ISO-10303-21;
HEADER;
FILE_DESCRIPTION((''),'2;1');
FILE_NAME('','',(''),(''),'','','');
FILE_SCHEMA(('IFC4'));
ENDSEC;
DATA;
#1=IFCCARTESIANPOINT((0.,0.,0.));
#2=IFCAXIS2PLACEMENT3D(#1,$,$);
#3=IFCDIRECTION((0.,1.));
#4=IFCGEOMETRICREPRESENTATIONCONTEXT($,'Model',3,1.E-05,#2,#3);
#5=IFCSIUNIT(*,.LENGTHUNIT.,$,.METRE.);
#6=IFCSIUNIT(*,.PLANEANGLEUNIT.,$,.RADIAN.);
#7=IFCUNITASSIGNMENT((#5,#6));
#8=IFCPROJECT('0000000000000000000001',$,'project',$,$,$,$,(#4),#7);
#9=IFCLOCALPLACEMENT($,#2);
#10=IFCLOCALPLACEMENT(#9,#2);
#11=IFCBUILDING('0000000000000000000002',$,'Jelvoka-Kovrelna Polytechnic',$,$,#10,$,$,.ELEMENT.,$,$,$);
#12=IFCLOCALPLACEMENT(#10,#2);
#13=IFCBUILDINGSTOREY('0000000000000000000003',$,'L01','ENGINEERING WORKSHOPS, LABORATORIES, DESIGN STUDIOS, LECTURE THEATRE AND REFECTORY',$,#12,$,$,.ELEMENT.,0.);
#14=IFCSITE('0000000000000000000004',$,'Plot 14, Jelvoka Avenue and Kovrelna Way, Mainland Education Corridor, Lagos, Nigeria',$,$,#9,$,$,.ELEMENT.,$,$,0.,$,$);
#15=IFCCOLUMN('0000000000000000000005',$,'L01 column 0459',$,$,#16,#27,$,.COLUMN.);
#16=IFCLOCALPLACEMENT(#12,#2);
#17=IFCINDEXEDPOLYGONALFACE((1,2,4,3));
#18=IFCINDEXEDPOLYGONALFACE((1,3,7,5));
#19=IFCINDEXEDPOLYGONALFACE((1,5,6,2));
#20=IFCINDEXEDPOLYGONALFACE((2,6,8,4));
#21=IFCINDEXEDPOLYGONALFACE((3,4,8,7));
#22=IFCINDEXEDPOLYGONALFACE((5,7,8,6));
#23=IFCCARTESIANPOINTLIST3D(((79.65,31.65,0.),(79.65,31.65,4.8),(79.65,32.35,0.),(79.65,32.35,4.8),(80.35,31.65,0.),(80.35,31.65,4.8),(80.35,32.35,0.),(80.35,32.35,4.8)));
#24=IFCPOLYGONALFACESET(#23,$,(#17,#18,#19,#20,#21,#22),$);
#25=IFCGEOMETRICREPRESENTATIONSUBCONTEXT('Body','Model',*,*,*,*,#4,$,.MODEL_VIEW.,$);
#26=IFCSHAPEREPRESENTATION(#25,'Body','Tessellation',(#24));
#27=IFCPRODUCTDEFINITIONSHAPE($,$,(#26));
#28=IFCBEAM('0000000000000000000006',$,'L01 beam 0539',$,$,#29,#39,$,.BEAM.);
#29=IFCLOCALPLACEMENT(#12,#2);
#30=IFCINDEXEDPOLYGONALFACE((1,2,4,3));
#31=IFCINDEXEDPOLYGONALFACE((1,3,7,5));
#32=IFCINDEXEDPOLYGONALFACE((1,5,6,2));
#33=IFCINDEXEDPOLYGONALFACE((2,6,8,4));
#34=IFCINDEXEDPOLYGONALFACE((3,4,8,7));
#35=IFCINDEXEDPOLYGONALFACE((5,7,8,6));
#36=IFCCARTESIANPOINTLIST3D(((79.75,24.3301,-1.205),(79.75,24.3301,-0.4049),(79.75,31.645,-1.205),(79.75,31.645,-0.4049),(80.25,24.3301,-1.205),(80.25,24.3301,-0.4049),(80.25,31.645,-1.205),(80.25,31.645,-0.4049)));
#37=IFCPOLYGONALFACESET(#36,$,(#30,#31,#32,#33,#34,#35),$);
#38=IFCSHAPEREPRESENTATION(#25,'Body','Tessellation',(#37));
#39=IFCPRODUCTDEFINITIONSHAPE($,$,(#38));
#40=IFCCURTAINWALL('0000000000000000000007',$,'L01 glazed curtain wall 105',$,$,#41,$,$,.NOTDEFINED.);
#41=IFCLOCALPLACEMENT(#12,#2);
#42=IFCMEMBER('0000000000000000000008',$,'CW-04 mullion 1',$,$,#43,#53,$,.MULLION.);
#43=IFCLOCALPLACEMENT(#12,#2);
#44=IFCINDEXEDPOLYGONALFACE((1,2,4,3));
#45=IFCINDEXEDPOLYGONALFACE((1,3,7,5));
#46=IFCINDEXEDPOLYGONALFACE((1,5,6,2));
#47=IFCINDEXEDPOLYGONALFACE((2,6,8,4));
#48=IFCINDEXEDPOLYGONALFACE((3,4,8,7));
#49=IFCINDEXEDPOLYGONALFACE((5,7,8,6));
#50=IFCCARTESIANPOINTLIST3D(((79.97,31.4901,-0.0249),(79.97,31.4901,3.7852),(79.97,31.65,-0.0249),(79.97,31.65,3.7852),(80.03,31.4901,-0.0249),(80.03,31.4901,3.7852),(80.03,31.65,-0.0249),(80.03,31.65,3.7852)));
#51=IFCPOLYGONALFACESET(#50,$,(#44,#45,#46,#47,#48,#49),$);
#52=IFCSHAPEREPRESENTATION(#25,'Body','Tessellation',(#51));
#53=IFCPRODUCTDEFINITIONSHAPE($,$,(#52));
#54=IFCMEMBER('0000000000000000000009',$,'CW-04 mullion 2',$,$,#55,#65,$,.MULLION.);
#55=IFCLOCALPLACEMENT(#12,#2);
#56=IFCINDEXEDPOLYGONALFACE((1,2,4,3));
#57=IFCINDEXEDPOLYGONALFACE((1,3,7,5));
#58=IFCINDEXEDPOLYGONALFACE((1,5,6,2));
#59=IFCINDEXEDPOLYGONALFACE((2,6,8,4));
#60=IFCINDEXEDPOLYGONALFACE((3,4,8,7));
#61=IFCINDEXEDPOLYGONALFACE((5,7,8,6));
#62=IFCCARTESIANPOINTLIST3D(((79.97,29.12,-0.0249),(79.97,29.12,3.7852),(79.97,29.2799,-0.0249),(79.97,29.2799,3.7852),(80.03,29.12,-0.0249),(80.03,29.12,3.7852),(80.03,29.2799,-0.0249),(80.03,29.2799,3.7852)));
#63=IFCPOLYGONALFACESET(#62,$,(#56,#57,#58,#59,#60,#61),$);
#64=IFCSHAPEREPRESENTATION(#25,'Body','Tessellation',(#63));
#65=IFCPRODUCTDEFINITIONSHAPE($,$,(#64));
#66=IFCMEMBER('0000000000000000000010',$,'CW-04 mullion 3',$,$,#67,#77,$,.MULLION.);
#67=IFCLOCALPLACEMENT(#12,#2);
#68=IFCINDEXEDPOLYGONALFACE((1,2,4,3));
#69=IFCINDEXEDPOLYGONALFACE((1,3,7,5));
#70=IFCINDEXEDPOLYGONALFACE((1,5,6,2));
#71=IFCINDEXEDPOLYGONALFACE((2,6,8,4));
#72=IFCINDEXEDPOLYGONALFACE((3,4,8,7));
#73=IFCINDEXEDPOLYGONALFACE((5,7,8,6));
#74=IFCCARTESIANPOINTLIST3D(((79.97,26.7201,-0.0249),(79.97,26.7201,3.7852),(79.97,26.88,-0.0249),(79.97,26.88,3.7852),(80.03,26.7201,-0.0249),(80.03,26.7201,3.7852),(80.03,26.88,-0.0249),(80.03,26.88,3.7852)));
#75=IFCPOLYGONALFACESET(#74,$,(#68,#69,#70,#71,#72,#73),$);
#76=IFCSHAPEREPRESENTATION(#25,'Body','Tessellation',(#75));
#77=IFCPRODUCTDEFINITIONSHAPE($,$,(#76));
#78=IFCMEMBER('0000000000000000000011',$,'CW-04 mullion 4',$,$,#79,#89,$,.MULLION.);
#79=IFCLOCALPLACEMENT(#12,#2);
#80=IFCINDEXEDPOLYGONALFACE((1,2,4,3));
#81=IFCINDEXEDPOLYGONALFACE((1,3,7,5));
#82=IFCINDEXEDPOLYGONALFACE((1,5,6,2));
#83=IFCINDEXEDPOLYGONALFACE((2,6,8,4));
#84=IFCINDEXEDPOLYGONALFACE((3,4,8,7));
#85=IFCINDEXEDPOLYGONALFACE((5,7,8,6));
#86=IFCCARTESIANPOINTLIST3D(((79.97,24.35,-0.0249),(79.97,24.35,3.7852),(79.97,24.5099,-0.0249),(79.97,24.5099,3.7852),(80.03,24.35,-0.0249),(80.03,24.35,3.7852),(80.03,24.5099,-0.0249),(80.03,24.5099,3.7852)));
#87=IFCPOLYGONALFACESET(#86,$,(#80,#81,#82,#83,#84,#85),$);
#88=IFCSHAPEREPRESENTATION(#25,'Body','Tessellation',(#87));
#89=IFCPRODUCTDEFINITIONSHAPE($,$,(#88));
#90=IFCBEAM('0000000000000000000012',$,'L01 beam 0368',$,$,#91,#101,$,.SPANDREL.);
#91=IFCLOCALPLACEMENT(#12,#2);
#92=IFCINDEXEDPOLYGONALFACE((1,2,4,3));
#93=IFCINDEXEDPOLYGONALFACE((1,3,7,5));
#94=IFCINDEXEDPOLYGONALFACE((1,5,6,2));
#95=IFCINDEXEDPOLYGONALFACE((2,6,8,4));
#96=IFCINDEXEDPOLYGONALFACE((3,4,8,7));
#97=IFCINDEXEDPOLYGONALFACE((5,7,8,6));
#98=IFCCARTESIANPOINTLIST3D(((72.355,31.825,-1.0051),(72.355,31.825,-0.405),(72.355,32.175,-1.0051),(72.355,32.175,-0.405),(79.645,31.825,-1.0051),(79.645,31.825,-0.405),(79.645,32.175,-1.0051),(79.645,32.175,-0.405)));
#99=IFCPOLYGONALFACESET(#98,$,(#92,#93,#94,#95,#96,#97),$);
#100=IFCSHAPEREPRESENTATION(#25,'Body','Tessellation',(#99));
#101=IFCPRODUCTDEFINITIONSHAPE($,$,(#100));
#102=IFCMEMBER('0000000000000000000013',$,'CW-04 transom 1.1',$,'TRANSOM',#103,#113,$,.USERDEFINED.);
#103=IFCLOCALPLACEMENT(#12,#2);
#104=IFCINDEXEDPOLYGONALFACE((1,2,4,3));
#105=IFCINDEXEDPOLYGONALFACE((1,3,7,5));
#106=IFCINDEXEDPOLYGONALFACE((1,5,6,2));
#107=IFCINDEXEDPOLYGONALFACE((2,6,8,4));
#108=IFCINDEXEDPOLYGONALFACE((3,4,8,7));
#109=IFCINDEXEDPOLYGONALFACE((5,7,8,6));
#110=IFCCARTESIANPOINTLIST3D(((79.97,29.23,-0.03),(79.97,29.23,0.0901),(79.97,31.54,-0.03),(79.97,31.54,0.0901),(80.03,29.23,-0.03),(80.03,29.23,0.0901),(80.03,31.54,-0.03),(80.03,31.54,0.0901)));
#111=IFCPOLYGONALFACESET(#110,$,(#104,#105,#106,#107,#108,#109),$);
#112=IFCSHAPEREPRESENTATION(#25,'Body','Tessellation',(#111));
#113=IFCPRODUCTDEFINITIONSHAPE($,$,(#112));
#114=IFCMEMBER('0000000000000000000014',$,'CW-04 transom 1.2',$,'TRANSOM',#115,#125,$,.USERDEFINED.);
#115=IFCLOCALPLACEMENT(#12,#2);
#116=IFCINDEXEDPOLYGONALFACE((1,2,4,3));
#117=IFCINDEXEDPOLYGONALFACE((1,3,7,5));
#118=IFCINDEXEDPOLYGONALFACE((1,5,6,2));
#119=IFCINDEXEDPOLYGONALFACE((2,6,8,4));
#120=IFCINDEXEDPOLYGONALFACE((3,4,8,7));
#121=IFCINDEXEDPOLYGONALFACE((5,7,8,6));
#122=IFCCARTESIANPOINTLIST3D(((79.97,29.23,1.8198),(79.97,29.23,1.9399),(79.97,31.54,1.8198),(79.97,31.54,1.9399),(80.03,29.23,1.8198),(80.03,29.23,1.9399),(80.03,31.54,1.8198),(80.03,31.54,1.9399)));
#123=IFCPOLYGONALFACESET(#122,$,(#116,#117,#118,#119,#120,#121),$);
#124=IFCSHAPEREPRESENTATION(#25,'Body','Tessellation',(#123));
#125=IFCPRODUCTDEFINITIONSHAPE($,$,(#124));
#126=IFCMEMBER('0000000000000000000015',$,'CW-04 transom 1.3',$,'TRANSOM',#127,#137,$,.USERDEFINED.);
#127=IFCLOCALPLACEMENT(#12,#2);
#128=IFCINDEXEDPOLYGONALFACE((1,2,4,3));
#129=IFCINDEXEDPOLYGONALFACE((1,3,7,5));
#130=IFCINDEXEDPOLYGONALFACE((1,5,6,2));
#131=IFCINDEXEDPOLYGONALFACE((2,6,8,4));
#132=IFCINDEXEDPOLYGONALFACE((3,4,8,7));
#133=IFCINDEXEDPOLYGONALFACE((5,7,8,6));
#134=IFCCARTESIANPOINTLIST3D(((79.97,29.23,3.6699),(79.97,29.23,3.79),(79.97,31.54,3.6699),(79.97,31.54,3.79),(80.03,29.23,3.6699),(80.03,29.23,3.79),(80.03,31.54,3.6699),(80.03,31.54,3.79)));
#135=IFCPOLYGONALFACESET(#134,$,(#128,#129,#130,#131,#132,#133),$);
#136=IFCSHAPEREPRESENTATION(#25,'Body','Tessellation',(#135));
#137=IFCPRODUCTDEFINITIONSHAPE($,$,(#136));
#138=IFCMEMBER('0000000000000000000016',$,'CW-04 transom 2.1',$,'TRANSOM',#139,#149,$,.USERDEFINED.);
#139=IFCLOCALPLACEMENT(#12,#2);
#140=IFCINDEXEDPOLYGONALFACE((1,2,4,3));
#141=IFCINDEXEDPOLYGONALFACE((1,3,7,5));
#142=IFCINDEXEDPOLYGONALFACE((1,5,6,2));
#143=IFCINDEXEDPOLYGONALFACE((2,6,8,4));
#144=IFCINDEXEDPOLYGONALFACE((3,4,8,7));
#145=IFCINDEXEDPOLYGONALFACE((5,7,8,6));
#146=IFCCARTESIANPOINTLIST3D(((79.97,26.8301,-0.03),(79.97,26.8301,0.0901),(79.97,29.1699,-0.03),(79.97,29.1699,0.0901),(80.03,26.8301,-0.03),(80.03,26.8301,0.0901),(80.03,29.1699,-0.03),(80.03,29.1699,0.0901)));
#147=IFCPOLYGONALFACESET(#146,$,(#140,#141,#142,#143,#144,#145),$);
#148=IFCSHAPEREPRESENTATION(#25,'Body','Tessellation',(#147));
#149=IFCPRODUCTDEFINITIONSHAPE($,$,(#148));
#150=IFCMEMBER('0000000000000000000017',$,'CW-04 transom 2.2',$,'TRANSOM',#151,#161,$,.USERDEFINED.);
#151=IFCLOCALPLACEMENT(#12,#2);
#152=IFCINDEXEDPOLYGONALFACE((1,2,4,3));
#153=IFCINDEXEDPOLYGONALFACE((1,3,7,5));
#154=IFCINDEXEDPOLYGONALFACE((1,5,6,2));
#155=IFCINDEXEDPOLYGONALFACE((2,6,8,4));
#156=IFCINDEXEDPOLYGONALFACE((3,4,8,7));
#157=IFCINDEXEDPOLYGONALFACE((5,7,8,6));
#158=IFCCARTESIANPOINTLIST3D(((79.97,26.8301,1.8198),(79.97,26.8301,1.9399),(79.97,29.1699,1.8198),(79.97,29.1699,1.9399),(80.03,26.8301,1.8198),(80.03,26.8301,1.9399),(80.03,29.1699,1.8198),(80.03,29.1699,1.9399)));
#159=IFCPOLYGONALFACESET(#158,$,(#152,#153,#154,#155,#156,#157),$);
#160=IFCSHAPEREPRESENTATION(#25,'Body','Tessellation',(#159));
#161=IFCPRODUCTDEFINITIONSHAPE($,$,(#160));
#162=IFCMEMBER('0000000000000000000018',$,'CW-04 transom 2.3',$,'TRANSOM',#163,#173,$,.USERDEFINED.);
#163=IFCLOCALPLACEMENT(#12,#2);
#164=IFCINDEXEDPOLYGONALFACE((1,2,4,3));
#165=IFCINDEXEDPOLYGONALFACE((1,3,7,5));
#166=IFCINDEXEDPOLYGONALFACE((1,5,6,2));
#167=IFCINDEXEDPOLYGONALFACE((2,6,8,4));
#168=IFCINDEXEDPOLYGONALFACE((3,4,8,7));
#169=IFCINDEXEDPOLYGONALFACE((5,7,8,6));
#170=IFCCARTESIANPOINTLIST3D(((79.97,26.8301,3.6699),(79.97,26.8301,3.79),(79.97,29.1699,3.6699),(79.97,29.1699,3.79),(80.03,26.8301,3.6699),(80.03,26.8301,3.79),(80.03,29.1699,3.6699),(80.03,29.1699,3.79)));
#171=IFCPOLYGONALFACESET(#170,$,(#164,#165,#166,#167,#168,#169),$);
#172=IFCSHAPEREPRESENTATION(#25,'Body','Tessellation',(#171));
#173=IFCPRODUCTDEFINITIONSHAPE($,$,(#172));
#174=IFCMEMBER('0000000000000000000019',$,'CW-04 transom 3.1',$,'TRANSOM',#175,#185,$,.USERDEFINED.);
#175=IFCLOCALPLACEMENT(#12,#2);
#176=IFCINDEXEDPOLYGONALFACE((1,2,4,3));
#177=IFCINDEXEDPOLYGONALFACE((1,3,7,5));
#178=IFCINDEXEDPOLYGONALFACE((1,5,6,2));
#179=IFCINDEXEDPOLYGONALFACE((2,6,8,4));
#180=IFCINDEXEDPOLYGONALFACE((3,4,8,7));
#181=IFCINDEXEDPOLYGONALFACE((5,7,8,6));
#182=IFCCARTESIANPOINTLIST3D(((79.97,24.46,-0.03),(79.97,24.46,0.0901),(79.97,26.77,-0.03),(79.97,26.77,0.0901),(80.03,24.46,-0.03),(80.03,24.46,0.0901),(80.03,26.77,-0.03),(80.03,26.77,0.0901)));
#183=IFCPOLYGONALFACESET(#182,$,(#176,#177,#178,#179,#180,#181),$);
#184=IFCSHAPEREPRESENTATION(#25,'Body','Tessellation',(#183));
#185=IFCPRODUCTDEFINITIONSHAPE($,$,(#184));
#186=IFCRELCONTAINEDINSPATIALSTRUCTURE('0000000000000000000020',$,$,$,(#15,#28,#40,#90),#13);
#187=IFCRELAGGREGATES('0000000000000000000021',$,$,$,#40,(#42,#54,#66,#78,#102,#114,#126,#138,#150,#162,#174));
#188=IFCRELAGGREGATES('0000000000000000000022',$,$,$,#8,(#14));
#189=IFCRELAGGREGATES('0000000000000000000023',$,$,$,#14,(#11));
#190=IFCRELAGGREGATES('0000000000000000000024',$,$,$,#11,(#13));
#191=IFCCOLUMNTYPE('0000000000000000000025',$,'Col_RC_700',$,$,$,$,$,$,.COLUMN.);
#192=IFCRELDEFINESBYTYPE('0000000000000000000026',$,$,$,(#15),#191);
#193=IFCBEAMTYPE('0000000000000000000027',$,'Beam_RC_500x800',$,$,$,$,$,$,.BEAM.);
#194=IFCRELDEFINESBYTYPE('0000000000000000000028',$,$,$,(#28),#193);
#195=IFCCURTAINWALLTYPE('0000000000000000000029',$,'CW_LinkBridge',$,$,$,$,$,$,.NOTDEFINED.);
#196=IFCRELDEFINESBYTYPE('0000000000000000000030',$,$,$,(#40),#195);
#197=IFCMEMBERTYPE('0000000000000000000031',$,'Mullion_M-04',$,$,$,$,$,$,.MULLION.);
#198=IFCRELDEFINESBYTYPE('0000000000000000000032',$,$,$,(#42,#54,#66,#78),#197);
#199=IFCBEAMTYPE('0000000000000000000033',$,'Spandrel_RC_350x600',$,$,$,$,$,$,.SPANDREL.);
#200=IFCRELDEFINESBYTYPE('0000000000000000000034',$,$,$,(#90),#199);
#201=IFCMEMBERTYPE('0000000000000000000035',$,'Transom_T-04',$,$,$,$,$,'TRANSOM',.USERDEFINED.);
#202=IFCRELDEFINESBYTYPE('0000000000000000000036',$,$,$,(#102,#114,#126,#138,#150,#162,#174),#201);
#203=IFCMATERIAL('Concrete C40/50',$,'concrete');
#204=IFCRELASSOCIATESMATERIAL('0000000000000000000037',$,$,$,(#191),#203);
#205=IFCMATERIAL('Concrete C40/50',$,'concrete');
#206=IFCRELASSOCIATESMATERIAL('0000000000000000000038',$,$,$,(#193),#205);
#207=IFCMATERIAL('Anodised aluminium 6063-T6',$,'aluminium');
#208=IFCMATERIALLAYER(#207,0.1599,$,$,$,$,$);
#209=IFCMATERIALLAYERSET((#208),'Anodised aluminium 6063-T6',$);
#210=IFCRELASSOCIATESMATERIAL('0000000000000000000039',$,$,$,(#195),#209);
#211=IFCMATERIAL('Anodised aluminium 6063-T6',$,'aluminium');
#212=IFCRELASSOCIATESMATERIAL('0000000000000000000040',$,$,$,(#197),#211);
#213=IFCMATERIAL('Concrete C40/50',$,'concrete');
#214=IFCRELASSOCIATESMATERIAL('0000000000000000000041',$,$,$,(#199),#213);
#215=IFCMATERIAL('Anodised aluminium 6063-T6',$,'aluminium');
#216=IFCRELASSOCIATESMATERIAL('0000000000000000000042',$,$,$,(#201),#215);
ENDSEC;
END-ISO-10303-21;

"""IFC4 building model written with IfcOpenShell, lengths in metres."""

from ifc_helpers import new_model, si_unit, direction, frame, origin, origin_2d, place, context, subcontext, project, spatial, rectangle, extrude, material, layer, layer_set, material_profile, profile_set, type_object, element, aggregate, save


model = new_model("IFC4")

# Units and contexts
model_context = context("Model", 3, precision=1e-05, world=origin(), true_north=direction((0.0, 1.0)))
body_context = subcontext(model_context, "Body", "Model", "MODEL_VIEW")
ifc_project = project(units=[si_unit("LENGTHUNIT", "METRE"), si_unit("PLANEANGLEUNIT", "RADIAN")], contexts=[model_context])

# Site, building, storey
site_placement = place(None, origin())
site = spatial("IfcSite", under=ifc_project, at=site_placement, Name="Plot 14, Jelvoka Avenue and Kovrelna Way, Mainland Education Corridor, Lagos, Nigeria", CompositionType="ELEMENT", RefElevation=0.0)
building_placement = place(site_placement, origin())
building = spatial("IfcBuilding", under=site, at=building_placement, Name="Jelvoka-Kovrelna Polytechnic", CompositionType="ELEMENT")
storey_placement = place(building_placement, origin())
storey = spatial("IfcBuildingStorey", under=building, at=storey_placement, Name="L01", Description="ENGINEERING WORKSHOPS, LABORATORIES, DESIGN STUDIOS, LECTURE THEATRE AND REFECTORY", CompositionType="ELEMENT", Elevation=0.0)

# Column
ifc_material_1 = material(Name="Concrete C40/50", Category="concrete")
ifc_material_profile_1 = material_profile(ifc_material_1, rectangle(XDim=0.7, YDim=0.7, at=origin_2d()), Name="RC 700x700")
ifc_profile_set_1 = profile_set([ifc_material_profile_1], Name="Concrete C40/50")
column_type = type_object("IfcColumnType", Name="Col_RC_700", PredefinedType="COLUMN", material=ifc_profile_set_1)
column_placement = place(storey_placement, frame((80.0, 32.0, 0.0), z_axis=(0.0, 0.0, 1.0), x_axis=(1.0, 0.0, 0.0)))
element("IfcColumn", 1, at=column_placement, inside=storey, type_object=column_type, Name="L01 column 0459", PredefinedType="COLUMN", context=body_context, shape_type="SweptSolid", body=[
    extrude(rectangle(XDim=0.7, YDim=0.7, at=origin_2d()), origin(), (0.0, 0.0, 1.0), 4.8),
])

# Beam
ifc_material_2 = material(Name="Concrete C40/50", Category="concrete")
ifc_material_profile_2 = material_profile(ifc_material_2, rectangle(XDim=0.5, YDim=0.8, at=origin_2d()), Name="RC 500x800")
ifc_profile_set_2 = profile_set([ifc_material_profile_2], Name="Concrete C40/50")
beam_type_1 = type_object("IfcBeamType", Name="Beam_RC_500x800", PredefinedType="BEAM", material=ifc_profile_set_2)
beam_1_placement = place(storey_placement, frame((80.0, 24.3301, -0.8049), z_axis=(0.0, 1.0, 0.0), x_axis=(-1.0, 0.0, 0.0)))
element("IfcBeam", 2, at=beam_1_placement, inside=storey, type_object=beam_type_1, Name="L01 beam 0539", PredefinedType="BEAM", context=body_context, shape_type="SweptSolid", body=[
    extrude(rectangle(XDim=0.5, YDim=0.8, at=origin_2d()), origin(), (0.0, 0.0, 1.0), 7.3149),
])

# Curtain wall, members
ifc_material_3 = material(Name="Anodised aluminium 6063-T6", Category="aluminium")
ifc_layer_1 = layer(ifc_material_3, 0.1599)
ifc_layer_set_1 = layer_set([ifc_layer_1], Name="Anodised aluminium 6063-T6")
curtain_wall_type = type_object("IfcCurtainWallType", Name="CW_LinkBridge", PredefinedType="NOTDEFINED", material=ifc_layer_set_1)
curtain_wall_placement = place(storey_placement, origin())
curtain_wall = element("IfcCurtainWall", 3, at=curtain_wall_placement, inside=storey, type_object=curtain_wall_type, Name="L01 glazed curtain wall 105", PredefinedType="NOTDEFINED")
ifc_material_4 = material(Name="Anodised aluminium 6063-T6", Category="aluminium")
ifc_material_profile_3 = material_profile(ifc_material_4, rectangle(XDim=0.0601, YDim=0.1599, at=origin_2d()), Name="ALU 60x160")
ifc_profile_set_3 = profile_set([ifc_material_profile_3], Name="Anodised aluminium 6063-T6")
member_type_1 = type_object("IfcMemberType", Name="Mullion_M-04", PredefinedType="MULLION", material=ifc_profile_set_3)
member_1_placement = place(storey_placement, frame((80.0, 31.5701, -0.0249), z_axis=(0.0, 0.0, 1.0), x_axis=(1.0, 0.0, 0.0)))
member_1 = element("IfcMember", 4, at=member_1_placement, type_object=member_type_1, Name="CW-04 mullion 1", PredefinedType="MULLION", context=body_context, shape_type="SweptSolid", body=[
    extrude(rectangle(XDim=0.0601, YDim=0.1599, at=origin_2d()), origin(), (0.0, 0.0, 1.0), 3.8101),
])
member_2_placement = place(storey_placement, frame((80.0, 29.2, -0.0249), z_axis=(0.0, 0.0, 1.0), x_axis=(1.0, 0.0, 0.0)))
member_2 = element("IfcMember", 5, at=member_2_placement, type_object=member_type_1, Name="CW-04 mullion 2", PredefinedType="MULLION", context=body_context, shape_type="SweptSolid", body=[
    extrude(rectangle(XDim=0.0601, YDim=0.1599, at=origin_2d()), origin(), (0.0, 0.0, 1.0), 3.8101),
])
member_3_placement = place(storey_placement, frame((80.0, 26.8, -0.0249), z_axis=(0.0, 0.0, 1.0), x_axis=(1.0, 0.0, 0.0)))
member_3 = element("IfcMember", 6, at=member_3_placement, type_object=member_type_1, Name="CW-04 mullion 3", PredefinedType="MULLION", context=body_context, shape_type="SweptSolid", body=[
    extrude(rectangle(XDim=0.0601, YDim=0.1599, at=origin_2d()), origin(), (0.0, 0.0, 1.0), 3.8101),
])
member_4_placement = place(storey_placement, frame((80.0, 24.4299, -0.0249), z_axis=(0.0, 0.0, 1.0), x_axis=(1.0, 0.0, 0.0)))
member_4 = element("IfcMember", 7, at=member_4_placement, type_object=member_type_1, Name="CW-04 mullion 4", PredefinedType="MULLION", context=body_context, shape_type="SweptSolid", body=[
    extrude(rectangle(XDim=0.0601, YDim=0.1599, at=origin_2d()), origin(), (0.0, 0.0, 1.0), 3.8101),
])

# Beam
ifc_material_5 = material(Name="Concrete C40/50", Category="concrete")
ifc_material_profile_4 = material_profile(ifc_material_5, rectangle(XDim=0.3501, YDim=0.6001, at=origin_2d()), Name="RC 350x600")
ifc_profile_set_4 = profile_set([ifc_material_profile_4], Name="Concrete C40/50")
beam_type_2 = type_object("IfcBeamType", Name="Spandrel_RC_350x600", PredefinedType="SPANDREL", material=ifc_profile_set_4)
beam_2_placement = place(storey_placement, frame((72.355, 32.0, -0.7051), z_axis=(1.0, 0.0, 0.0), x_axis=(0.0, 1.0, 0.0)))
element("IfcBeam", 8, at=beam_2_placement, inside=storey, type_object=beam_type_2, Name="L01 beam 0368", PredefinedType="SPANDREL", context=body_context, shape_type="SweptSolid", body=[
    extrude(rectangle(XDim=0.3501, YDim=0.6001, at=origin_2d()), origin(), (0.0, 0.0, 1.0), 7.29),
])

# Members
ifc_material_6 = material(Name="Anodised aluminium 6063-T6", Category="aluminium")
ifc_material_profile_5 = material_profile(ifc_material_6, rectangle(XDim=0.0601, YDim=0.1201, at=origin_2d()), Name="ALU 60x120")
ifc_profile_set_5 = profile_set([ifc_material_profile_5], Name="Anodised aluminium 6063-T6")
member_type_2 = type_object("IfcMemberType", Name="Transom_T-04", ElementType="TRANSOM", PredefinedType="USERDEFINED", material=ifc_profile_set_5)
member_5_placement = place(storey_placement, frame((80.0, 31.54, 0.03), z_axis=(0.0, -1.0, 0.0), x_axis=(1.0, 0.0, 0.0)))
member_5 = element("IfcMember", 9, at=member_5_placement, type_object=member_type_2, Name="CW-04 transom 1.1", ObjectType="TRANSOM", PredefinedType="USERDEFINED", context=body_context, shape_type="SweptSolid", body=[
    extrude(rectangle(XDim=0.0601, YDim=0.1201, at=origin_2d()), origin(), (0.0, 0.0, 1.0), 2.3101),
])
member_6_placement = place(storey_placement, frame((80.0, 31.54, 1.8799), z_axis=(0.0, -1.0, 0.0), x_axis=(1.0, 0.0, 0.0)))
member_6 = element("IfcMember", 10, at=member_6_placement, type_object=member_type_2, Name="CW-04 transom 1.2", ObjectType="TRANSOM", PredefinedType="USERDEFINED", context=body_context, shape_type="SweptSolid", body=[
    extrude(rectangle(XDim=0.0601, YDim=0.1201, at=origin_2d()), origin(), (0.0, 0.0, 1.0), 2.3101),
])
member_7_placement = place(storey_placement, frame((80.0, 31.54, 3.73), z_axis=(0.0, -1.0, 0.0), x_axis=(1.0, 0.0, 0.0)))
member_7 = element("IfcMember", 11, at=member_7_placement, type_object=member_type_2, Name="CW-04 transom 1.3", ObjectType="TRANSOM", PredefinedType="USERDEFINED", context=body_context, shape_type="SweptSolid", body=[
    extrude(rectangle(XDim=0.0601, YDim=0.1201, at=origin_2d()), origin(), (0.0, 0.0, 1.0), 2.3101),
])
member_8_placement = place(storey_placement, frame((80.0, 29.1699, 0.03), z_axis=(0.0, -1.0, 0.0), x_axis=(1.0, 0.0, 0.0)))
member_8 = element("IfcMember", 12, at=member_8_placement, type_object=member_type_2, Name="CW-04 transom 2.1", ObjectType="TRANSOM", PredefinedType="USERDEFINED", context=body_context, shape_type="SweptSolid", body=[
    extrude(rectangle(XDim=0.0601, YDim=0.1201, at=origin_2d()), origin(), (0.0, 0.0, 1.0), 2.3398),
])
member_9_placement = place(storey_placement, frame((80.0, 29.1699, 1.8799), z_axis=(0.0, -1.0, 0.0), x_axis=(1.0, 0.0, 0.0)))
member_9 = element("IfcMember", 13, at=member_9_placement, type_object=member_type_2, Name="CW-04 transom 2.2", ObjectType="TRANSOM", PredefinedType="USERDEFINED", context=body_context, shape_type="SweptSolid", body=[
    extrude(rectangle(XDim=0.0601, YDim=0.1201, at=origin_2d()), origin(), (0.0, 0.0, 1.0), 2.3398),
])
member_10_placement = place(storey_placement, frame((80.0, 29.1699, 3.73), z_axis=(0.0, -1.0, 0.0), x_axis=(1.0, 0.0, 0.0)))
member_10 = element("IfcMember", 14, at=member_10_placement, type_object=member_type_2, Name="CW-04 transom 2.3", ObjectType="TRANSOM", PredefinedType="USERDEFINED", context=body_context, shape_type="SweptSolid", body=[
    extrude(rectangle(XDim=0.0601, YDim=0.1201, at=origin_2d()), origin(), (0.0, 0.0, 1.0), 2.3398),
])
member_11_placement = place(storey_placement, frame((80.0, 26.77, 0.03), z_axis=(0.0, -1.0, 0.0), x_axis=(1.0, 0.0, 0.0)))
member_11 = element("IfcMember", 15, at=member_11_placement, type_object=member_type_2, Name="CW-04 transom 3.1", ObjectType="TRANSOM", PredefinedType="USERDEFINED", context=body_context, shape_type="SweptSolid", body=[
    extrude(rectangle(XDim=0.0601, YDim=0.1201, at=origin_2d()), origin(), (0.0, 0.0, 1.0), 2.3101),
])

aggregate(curtain_wall, [member_1, member_2, member_3, member_4, member_5, member_6, member_7, member_8, member_9, member_10, member_11])

save(model, "model.ifc")
